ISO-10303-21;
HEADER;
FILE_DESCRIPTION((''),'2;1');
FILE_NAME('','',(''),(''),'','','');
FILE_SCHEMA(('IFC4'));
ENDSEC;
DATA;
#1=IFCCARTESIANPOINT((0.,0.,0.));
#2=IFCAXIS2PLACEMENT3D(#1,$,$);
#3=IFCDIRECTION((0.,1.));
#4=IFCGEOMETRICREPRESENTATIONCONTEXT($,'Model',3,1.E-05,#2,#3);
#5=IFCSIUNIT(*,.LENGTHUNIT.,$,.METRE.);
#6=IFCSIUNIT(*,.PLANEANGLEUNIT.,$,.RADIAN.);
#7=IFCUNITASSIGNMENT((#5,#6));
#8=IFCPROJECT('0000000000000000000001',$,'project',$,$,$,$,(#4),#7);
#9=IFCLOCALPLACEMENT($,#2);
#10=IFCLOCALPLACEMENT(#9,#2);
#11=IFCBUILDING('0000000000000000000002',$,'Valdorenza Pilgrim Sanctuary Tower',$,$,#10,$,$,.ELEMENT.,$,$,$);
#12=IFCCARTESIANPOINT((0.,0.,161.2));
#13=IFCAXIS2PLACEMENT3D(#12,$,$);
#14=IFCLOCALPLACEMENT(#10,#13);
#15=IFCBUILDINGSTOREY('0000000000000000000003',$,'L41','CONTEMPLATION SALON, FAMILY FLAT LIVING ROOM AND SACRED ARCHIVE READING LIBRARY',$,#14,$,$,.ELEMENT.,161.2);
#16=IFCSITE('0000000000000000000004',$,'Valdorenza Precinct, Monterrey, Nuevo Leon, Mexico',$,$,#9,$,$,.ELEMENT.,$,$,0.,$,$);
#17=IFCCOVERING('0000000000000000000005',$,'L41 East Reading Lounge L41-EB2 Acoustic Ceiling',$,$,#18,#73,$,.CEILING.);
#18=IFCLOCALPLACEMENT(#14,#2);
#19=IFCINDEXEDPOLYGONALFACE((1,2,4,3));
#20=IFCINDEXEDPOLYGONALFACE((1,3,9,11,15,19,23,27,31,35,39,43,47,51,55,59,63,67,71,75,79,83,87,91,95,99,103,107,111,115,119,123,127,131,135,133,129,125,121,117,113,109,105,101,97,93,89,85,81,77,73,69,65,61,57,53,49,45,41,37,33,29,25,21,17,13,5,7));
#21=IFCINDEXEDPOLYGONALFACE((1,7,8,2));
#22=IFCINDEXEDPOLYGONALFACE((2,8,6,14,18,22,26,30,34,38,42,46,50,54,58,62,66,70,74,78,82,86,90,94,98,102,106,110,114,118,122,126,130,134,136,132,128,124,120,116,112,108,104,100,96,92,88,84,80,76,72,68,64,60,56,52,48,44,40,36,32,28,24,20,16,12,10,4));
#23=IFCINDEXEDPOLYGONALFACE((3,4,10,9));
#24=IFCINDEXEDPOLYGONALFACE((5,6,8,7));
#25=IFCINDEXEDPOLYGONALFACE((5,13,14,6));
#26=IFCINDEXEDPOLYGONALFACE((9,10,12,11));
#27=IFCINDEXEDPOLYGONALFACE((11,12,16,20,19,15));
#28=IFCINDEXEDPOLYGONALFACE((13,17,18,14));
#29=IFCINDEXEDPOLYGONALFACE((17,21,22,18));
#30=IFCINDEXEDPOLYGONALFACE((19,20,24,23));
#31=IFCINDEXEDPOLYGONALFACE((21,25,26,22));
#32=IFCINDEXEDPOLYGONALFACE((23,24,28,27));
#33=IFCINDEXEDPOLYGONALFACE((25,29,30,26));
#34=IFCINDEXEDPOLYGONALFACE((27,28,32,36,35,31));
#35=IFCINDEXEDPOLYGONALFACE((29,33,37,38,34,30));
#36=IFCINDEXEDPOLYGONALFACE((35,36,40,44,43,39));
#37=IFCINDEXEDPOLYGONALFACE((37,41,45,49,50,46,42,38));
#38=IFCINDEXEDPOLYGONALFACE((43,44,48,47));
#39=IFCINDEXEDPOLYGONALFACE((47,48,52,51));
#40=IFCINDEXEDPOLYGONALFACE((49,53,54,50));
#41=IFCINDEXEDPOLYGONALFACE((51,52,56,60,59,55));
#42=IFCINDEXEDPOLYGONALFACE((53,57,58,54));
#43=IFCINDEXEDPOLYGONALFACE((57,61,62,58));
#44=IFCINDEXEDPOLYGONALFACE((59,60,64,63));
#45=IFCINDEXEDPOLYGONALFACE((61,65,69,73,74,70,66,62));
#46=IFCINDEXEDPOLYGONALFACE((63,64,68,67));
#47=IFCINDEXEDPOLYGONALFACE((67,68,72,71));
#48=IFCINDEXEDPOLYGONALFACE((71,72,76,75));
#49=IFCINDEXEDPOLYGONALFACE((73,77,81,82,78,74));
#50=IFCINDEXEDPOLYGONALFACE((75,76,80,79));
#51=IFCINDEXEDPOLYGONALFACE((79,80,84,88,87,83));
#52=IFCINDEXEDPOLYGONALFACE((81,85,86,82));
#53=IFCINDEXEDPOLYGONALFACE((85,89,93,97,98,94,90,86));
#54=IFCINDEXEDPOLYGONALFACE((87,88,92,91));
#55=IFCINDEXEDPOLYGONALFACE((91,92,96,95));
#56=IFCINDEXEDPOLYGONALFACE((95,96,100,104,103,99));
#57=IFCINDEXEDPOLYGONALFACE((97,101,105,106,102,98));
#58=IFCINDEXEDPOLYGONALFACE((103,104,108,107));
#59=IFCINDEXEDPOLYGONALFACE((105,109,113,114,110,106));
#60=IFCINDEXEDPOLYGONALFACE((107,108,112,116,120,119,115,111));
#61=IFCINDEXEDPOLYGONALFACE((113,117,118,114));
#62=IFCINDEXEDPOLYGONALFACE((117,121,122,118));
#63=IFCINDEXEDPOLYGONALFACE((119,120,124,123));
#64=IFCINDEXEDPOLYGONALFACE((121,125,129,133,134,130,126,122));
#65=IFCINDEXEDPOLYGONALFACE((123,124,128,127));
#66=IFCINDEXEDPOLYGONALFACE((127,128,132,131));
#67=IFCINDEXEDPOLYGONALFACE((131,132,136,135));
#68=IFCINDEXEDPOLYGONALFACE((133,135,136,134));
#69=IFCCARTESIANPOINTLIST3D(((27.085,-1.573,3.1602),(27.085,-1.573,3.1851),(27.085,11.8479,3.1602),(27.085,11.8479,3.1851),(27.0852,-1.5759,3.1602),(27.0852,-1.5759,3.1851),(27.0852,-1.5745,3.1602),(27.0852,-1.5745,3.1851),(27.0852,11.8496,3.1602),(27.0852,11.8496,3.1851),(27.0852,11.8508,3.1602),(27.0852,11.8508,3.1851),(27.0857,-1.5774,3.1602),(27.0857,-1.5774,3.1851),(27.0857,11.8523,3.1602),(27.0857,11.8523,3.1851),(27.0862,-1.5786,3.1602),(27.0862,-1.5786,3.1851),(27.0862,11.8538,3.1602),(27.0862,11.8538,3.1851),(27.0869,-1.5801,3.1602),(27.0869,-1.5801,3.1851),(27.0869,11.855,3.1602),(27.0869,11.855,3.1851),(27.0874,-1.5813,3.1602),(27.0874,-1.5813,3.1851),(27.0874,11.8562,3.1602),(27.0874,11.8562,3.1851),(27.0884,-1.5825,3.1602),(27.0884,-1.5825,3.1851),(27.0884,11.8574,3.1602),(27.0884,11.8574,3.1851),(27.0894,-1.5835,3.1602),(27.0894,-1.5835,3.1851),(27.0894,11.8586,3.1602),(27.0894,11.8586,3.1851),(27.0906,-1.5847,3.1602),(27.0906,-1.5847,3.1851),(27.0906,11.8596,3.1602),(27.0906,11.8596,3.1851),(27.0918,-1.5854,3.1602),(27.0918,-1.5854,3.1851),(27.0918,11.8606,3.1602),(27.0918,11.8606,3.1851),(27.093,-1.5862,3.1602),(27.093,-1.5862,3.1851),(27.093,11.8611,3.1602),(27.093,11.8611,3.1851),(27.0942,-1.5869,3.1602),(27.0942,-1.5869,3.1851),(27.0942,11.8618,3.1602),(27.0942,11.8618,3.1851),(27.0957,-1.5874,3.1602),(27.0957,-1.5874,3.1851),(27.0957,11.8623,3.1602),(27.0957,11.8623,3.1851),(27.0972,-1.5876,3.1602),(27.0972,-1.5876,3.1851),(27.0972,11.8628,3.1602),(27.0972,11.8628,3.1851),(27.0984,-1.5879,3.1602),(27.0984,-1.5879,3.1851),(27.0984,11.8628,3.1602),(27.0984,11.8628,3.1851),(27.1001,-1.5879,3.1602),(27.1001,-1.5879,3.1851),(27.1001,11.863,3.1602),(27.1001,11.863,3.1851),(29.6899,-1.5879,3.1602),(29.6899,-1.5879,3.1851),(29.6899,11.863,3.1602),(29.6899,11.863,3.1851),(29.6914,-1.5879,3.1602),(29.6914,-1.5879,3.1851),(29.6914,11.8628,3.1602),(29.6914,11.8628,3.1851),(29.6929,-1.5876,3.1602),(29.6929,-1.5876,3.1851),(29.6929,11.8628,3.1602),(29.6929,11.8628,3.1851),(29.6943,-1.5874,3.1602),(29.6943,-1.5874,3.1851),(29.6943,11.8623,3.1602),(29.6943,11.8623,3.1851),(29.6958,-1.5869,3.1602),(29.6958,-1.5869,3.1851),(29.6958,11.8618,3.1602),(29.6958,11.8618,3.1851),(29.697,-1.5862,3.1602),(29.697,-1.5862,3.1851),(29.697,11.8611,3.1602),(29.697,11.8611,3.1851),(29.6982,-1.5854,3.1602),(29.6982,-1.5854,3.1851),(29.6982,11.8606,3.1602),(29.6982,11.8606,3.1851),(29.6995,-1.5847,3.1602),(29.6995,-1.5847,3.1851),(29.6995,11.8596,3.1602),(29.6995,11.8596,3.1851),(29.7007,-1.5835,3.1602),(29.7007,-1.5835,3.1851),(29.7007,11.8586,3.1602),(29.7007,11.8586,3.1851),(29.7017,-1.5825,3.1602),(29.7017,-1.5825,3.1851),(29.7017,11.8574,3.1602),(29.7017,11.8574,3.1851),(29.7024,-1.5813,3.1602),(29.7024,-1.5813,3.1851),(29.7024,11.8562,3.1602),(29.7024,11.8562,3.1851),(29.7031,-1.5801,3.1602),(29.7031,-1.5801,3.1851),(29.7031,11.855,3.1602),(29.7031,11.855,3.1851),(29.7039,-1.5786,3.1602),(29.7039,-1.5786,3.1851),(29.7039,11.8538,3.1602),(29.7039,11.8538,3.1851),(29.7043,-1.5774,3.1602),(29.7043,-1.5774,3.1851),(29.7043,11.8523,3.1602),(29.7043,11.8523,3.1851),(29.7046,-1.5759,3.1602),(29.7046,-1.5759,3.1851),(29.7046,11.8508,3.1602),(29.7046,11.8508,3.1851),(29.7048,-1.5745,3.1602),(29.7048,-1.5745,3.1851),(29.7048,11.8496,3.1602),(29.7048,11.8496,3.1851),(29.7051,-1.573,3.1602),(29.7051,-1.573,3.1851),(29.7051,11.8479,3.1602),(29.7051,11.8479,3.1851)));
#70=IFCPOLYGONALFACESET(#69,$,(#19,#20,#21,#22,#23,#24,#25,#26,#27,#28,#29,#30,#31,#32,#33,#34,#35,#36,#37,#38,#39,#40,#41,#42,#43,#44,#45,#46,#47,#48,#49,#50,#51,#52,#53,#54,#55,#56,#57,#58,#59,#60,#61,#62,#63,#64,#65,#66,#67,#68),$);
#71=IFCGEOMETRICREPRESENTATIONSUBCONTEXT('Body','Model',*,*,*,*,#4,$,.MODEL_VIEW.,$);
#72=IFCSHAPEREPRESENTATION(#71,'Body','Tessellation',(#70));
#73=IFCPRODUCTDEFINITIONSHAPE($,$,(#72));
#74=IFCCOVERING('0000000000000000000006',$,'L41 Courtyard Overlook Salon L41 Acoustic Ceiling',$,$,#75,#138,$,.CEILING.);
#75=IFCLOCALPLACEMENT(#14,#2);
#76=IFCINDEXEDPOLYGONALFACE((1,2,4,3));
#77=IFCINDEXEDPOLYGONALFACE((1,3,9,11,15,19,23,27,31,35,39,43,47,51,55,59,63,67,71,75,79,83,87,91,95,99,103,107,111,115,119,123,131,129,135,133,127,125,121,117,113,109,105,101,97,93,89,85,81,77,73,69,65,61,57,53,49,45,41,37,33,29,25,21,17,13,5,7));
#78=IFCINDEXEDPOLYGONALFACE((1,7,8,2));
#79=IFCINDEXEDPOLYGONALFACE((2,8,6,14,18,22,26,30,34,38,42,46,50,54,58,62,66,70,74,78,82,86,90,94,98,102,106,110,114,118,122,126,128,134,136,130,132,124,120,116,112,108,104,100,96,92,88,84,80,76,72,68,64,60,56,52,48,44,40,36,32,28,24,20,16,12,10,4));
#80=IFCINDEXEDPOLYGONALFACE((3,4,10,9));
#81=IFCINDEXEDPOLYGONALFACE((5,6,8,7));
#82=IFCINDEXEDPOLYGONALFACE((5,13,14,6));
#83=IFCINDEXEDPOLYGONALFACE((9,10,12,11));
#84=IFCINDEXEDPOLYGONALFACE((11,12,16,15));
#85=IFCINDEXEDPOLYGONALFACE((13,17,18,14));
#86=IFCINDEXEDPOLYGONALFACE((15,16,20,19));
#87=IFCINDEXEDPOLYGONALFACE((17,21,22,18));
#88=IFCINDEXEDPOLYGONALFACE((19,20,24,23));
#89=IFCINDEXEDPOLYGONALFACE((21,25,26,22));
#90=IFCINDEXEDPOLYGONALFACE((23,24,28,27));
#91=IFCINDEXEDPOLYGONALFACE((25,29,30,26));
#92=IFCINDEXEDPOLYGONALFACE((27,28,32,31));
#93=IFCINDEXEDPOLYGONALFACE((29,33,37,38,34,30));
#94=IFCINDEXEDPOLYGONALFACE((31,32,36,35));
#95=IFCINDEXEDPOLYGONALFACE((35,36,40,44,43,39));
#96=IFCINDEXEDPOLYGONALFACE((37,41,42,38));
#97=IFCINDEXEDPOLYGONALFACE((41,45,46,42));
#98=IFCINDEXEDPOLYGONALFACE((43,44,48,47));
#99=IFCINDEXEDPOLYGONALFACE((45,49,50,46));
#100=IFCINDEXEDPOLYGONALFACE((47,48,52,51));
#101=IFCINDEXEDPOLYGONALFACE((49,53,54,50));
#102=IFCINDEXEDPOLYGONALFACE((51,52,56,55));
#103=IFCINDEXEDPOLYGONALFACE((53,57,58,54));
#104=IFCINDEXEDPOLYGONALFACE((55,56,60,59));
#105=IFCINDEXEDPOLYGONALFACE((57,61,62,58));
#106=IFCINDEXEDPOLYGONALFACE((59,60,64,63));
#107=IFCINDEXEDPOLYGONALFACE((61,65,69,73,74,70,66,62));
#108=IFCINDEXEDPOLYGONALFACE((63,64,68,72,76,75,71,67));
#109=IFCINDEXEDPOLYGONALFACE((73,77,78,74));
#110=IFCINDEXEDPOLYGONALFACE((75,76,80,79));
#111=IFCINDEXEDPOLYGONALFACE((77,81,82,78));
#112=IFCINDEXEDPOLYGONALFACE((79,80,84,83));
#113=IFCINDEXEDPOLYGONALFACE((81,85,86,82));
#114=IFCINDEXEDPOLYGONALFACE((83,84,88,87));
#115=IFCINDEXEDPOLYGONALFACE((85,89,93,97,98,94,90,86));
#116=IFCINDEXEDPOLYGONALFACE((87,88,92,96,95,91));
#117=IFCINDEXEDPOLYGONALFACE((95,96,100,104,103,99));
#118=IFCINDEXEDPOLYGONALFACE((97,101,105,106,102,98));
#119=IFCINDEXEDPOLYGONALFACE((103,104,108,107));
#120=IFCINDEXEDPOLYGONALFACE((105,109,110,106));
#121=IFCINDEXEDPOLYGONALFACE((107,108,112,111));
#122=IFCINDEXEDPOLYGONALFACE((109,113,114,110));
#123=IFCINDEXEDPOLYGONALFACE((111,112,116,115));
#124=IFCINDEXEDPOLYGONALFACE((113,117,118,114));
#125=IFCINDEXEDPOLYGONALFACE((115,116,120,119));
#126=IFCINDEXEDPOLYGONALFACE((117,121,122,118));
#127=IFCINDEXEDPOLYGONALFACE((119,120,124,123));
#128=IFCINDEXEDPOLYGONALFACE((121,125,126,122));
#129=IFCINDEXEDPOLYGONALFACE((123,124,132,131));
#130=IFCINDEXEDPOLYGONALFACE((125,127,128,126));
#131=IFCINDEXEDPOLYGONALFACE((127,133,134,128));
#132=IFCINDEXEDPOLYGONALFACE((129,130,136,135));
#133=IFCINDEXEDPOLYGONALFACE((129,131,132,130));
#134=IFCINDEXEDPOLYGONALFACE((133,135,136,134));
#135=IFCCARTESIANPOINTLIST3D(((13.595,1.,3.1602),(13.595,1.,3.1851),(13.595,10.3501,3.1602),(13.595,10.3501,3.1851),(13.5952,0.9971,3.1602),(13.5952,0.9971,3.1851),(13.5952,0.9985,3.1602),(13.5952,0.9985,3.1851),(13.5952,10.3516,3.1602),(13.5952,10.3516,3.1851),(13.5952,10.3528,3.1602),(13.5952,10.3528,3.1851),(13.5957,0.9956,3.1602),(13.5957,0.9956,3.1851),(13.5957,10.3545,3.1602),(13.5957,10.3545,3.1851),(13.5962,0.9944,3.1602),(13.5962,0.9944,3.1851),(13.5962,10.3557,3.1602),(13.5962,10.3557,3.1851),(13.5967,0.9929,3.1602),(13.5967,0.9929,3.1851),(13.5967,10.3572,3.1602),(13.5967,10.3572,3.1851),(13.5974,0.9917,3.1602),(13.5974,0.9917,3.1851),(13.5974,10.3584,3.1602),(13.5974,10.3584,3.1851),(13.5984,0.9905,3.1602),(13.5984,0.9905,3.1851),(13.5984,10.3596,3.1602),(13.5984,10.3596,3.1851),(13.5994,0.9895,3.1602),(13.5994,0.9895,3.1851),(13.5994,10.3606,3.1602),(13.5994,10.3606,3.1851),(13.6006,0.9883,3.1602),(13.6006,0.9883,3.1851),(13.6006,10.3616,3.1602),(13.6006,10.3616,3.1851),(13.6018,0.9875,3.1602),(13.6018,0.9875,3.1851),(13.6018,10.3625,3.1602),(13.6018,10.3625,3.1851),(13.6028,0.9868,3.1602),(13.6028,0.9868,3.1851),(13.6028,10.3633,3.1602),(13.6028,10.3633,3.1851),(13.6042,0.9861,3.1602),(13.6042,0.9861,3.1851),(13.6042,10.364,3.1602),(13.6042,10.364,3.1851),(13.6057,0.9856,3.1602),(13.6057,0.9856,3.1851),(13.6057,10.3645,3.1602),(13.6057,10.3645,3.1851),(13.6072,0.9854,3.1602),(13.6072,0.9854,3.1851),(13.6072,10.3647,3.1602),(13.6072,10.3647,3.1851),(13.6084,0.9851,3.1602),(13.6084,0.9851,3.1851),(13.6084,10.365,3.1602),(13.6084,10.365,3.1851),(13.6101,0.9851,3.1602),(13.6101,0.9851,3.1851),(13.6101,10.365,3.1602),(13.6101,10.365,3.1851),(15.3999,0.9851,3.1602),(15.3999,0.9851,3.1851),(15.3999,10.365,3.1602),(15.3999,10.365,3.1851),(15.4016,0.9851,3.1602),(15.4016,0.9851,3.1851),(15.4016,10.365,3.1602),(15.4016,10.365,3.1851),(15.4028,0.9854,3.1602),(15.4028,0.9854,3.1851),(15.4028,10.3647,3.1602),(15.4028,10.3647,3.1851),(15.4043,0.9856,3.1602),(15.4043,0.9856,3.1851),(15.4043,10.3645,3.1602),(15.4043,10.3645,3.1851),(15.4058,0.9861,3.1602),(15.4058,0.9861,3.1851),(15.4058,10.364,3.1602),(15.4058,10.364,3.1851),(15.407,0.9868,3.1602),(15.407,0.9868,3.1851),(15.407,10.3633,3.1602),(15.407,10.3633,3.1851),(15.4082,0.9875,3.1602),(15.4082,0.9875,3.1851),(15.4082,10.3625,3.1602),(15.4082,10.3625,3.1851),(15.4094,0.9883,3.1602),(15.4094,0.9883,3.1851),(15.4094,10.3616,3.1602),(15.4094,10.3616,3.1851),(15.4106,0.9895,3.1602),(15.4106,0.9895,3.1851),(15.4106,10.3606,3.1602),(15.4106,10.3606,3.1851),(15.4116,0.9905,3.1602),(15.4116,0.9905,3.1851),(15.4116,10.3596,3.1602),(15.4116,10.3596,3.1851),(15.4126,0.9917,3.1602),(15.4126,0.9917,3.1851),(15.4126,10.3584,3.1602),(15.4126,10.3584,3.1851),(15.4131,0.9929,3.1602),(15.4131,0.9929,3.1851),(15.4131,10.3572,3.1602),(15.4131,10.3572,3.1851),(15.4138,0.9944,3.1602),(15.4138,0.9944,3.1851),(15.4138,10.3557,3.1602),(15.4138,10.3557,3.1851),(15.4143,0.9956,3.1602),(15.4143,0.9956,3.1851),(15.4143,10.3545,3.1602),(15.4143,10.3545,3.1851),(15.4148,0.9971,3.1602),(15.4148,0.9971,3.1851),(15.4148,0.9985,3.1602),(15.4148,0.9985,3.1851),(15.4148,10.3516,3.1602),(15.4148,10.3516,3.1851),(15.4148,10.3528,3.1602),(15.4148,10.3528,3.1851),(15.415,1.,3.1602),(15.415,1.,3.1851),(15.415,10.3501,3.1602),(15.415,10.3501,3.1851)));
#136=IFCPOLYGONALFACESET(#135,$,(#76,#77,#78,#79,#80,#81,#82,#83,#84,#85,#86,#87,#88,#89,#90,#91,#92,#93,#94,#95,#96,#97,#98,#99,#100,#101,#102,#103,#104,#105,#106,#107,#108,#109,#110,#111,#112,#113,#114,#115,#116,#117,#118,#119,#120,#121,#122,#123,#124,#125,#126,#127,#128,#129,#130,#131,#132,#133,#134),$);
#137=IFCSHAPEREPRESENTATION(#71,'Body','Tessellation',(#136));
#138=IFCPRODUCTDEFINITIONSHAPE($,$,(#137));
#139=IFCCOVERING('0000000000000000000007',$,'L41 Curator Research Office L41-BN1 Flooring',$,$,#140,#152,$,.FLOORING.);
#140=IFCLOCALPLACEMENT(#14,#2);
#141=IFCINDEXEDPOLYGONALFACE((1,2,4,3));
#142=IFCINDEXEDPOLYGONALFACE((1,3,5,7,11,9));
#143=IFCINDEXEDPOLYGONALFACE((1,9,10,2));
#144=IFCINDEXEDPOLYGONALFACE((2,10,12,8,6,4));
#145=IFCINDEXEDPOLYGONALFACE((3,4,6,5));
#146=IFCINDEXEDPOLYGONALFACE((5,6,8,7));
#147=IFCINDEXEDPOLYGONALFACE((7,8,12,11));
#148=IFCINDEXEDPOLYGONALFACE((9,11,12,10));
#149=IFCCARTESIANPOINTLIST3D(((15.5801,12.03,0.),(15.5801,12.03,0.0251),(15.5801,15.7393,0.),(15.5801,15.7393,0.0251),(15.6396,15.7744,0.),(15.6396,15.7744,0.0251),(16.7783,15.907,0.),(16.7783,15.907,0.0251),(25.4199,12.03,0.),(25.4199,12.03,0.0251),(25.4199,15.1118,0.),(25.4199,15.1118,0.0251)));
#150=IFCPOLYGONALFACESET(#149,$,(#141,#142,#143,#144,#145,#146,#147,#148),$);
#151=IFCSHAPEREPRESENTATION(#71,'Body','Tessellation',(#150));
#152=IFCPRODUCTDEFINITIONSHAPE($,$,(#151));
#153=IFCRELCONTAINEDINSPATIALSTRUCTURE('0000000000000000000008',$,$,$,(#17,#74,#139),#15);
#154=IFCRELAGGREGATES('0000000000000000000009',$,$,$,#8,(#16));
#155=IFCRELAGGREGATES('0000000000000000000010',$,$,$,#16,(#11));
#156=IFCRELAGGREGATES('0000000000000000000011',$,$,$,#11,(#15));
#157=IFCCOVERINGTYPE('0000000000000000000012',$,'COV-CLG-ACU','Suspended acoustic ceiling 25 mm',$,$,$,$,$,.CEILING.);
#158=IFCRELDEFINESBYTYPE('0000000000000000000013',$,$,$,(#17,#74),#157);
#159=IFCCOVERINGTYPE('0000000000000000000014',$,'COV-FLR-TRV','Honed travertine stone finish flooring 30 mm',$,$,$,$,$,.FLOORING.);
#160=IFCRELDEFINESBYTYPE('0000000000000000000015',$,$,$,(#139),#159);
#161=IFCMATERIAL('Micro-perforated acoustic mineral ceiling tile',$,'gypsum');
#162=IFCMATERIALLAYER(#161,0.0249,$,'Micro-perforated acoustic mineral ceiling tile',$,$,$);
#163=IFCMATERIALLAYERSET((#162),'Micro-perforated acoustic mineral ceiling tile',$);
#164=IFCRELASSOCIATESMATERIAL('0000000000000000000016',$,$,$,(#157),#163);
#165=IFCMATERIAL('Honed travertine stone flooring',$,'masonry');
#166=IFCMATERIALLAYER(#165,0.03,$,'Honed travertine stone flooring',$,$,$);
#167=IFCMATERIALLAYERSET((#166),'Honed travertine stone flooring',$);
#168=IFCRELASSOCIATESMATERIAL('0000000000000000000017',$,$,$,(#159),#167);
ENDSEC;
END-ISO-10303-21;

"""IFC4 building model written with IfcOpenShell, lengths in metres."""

from ifc_helpers import new_model, si_unit, direction, frame, origin, place, context, subcontext, project, spatial, polyline, outline, extrude, material, layer, layer_set, type_object, element, save


model = new_model("IFC4")

# Units and contexts
model_context = context("Model", 3, precision=1e-05, world=origin(), true_north=direction((0.0, 1.0)))
body_context = subcontext(model_context, "Body", "Model", "MODEL_VIEW")
ifc_project = project(units=[si_unit("LENGTHUNIT", "METRE"), si_unit("PLANEANGLEUNIT", "RADIAN")], contexts=[model_context])

# Site, building, storey
site_placement = place(None, origin())
site = spatial("IfcSite", under=ifc_project, at=site_placement, Name="Valdorenza Precinct, Monterrey, Nuevo Leon, Mexico", CompositionType="ELEMENT", RefElevation=0.0)
building_placement = place(site_placement, origin())
building = spatial("IfcBuilding", under=site, at=building_placement, Name="Valdorenza Pilgrim Sanctuary Tower", CompositionType="ELEMENT")
storey_placement = place(building_placement, frame((0.0, 0.0, 161.2)))
storey = spatial("IfcBuildingStorey", under=building, at=storey_placement, Name="L41", Description="CONTEMPLATION SALON, FAMILY FLAT LIVING ROOM AND SACRED ARCHIVE READING LIBRARY", CompositionType="ELEMENT", Elevation=161.2)

# Coverings
ifc_material_1 = material(Name="Micro-perforated acoustic mineral ceiling tile", Category="gypsum")
ifc_layer_1 = layer(ifc_material_1, 0.0249, Name="Micro-perforated acoustic mineral ceiling tile")
ifc_layer_set_1 = layer_set([ifc_layer_1], Name="Micro-perforated acoustic mineral ceiling tile")
covering_type_1 = type_object("IfcCoveringType", Name="COV-CLG-ACU", Description="Suspended acoustic ceiling 25 mm", PredefinedType="CEILING", material=ifc_layer_set_1)
covering_1_placement = place(storey_placement, frame((0.0, 0.0, 3.1602)))
element("IfcCovering", 1, at=covering_1_placement, inside=storey, type_object=covering_type_1, Name="L41 East Reading Lounge L41-EB2 Acoustic Ceiling", PredefinedType="CEILING", context=body_context, shape_type="SweptSolid", body=[
    extrude(outline(polyline([(27.085, 11.8479), (27.0852, 11.8496), (27.0852, 11.8508), (27.0857, 11.8523), (27.0862, 11.8538), (27.0869, 11.855), (27.0874, 11.8562), (27.0884, 11.8574), (27.0894, 11.8586), (27.0906, 11.8596), (27.0918, 11.8606), (27.093, 11.8611), (27.0942, 11.8618), (27.0957, 11.8623), (27.0972, 11.8628), (27.0984, 11.8628), (27.1001, 11.863), (29.6899, 11.863), (29.6914, 11.8628), (29.6929, 11.8628), (29.6943, 11.8623), (29.6958, 11.8618), (29.697, 11.8611), (29.6982, 11.8606), (29.6995, 11.8596), (29.7007, 11.8586), (29.7017, 11.8574), (29.7024, 11.8562), (29.7031, 11.855), (29.7039, 11.8538), (29.7043, 11.8523), (29.7046, 11.8508), (29.7048, 11.8496), (29.7051, 11.8479), (29.7051, -1.573), (29.7048, -1.5745), (29.7046, -1.5759), (29.7043, -1.5774), (29.7039, -1.5786), (29.7031, -1.5801), (29.7024, -1.5813), (29.7017, -1.5825), (29.7007, -1.5835), (29.6995, -1.5847), (29.6982, -1.5854), (29.697, -1.5862), (29.6958, -1.5869), (29.6943, -1.5874), (29.6929, -1.5876), (29.6914, -1.5879), (29.6899, -1.5879), (27.1001, -1.5879), (27.0984, -1.5879), (27.0972, -1.5876), (27.0957, -1.5874), (27.0942, -1.5869), (27.093, -1.5862), (27.0918, -1.5854), (27.0906, -1.5847), (27.0894, -1.5835), (27.0884, -1.5825), (27.0874, -1.5813), (27.0869, -1.5801), (27.0862, -1.5786), (27.0857, -1.5774), (27.0852, -1.5759), (27.0852, -1.5745), (27.085, -1.573), (27.085, 11.8479)])), origin(), (0.0, 0.0, 1.0), 0.0249),
])
covering_2_placement = place(storey_placement, frame((0.0, 0.0, 3.1602)))
element("IfcCovering", 2, at=covering_2_placement, inside=storey, type_object=covering_type_1, Name="L41 Courtyard Overlook Salon L41 Acoustic Ceiling", PredefinedType="CEILING", context=body_context, shape_type="SweptSolid", body=[
    extrude(outline(polyline([(15.415, 1.0), (15.4148, 0.9985), (15.4148, 0.9971), (15.4143, 0.9956), (15.4138, 0.9944), (15.4131, 0.9929), (15.4126, 0.9917), (15.4116, 0.9905), (15.4106, 0.9895), (15.4094, 0.9883), (15.4082, 0.9875), (15.407, 0.9868), (15.4058, 0.9861), (15.4043, 0.9856), (15.4028, 0.9854), (15.4016, 0.9851), (15.3999, 0.9851), (13.6101, 0.9851), (13.6084, 0.9851), (13.6072, 0.9854), (13.6057, 0.9856), (13.6042, 0.9861), (13.6028, 0.9868), (13.6018, 0.9875), (13.6006, 0.9883), (13.5994, 0.9895), (13.5984, 0.9905), (13.5974, 0.9917), (13.5967, 0.9929), (13.5962, 0.9944), (13.5957, 0.9956), (13.5952, 0.9971), (13.5952, 0.9985), (13.595, 1.0), (13.595, 10.3501), (13.5952, 10.3516), (13.5952, 10.3528), (13.5957, 10.3545), (13.5962, 10.3557), (13.5967, 10.3572), (13.5974, 10.3584), (13.5984, 10.3596), (13.5994, 10.3606), (13.6006, 10.3616), (13.6018, 10.3625), (13.6028, 10.3633), (13.6042, 10.364), (13.6057, 10.3645), (13.6072, 10.3647), (13.6084, 10.365), (13.6101, 10.365), (15.3999, 10.365), (15.4016, 10.365), (15.4028, 10.3647), (15.4043, 10.3645), (15.4058, 10.364), (15.407, 10.3633), (15.4082, 10.3625), (15.4094, 10.3616), (15.4106, 10.3606), (15.4116, 10.3596), (15.4126, 10.3584), (15.4131, 10.3572), (15.4138, 10.3557), (15.4143, 10.3545), (15.4148, 10.3528), (15.4148, 10.3516), (15.415, 10.3501), (15.415, 1.0)])), origin(), (0.0, 0.0, 1.0), 0.0249),
])
ifc_material_2 = material(Name="Honed travertine stone flooring", Category="masonry")
ifc_layer_2 = layer(ifc_material_2, 0.03, Name="Honed travertine stone flooring")
ifc_layer_set_2 = layer_set([ifc_layer_2], Name="Honed travertine stone flooring")
covering_type_2 = type_object("IfcCoveringType", Name="COV-FLR-TRV", Description="Honed travertine stone finish flooring 30 mm", PredefinedType="FLOORING", material=ifc_layer_set_2)
covering_3_placement = place(storey_placement, origin())
element("IfcCovering", 3, at=covering_3_placement, inside=storey, type_object=covering_type_2, Name="L41 Curator Research Office L41-BN1 Flooring", PredefinedType="FLOORING", context=body_context, shape_type="SweptSolid", body=[
    extrude(outline(polyline([(15.5801, 12.03), (15.5801, 15.7393), (15.6396, 15.7744), (16.7783, 15.907), (25.4199, 15.1118), (25.4199, 12.03), (15.5801, 12.03)])), origin(), (0.0, 0.0, 1.0), 0.0251),
])

save(model, "model.ifc")
